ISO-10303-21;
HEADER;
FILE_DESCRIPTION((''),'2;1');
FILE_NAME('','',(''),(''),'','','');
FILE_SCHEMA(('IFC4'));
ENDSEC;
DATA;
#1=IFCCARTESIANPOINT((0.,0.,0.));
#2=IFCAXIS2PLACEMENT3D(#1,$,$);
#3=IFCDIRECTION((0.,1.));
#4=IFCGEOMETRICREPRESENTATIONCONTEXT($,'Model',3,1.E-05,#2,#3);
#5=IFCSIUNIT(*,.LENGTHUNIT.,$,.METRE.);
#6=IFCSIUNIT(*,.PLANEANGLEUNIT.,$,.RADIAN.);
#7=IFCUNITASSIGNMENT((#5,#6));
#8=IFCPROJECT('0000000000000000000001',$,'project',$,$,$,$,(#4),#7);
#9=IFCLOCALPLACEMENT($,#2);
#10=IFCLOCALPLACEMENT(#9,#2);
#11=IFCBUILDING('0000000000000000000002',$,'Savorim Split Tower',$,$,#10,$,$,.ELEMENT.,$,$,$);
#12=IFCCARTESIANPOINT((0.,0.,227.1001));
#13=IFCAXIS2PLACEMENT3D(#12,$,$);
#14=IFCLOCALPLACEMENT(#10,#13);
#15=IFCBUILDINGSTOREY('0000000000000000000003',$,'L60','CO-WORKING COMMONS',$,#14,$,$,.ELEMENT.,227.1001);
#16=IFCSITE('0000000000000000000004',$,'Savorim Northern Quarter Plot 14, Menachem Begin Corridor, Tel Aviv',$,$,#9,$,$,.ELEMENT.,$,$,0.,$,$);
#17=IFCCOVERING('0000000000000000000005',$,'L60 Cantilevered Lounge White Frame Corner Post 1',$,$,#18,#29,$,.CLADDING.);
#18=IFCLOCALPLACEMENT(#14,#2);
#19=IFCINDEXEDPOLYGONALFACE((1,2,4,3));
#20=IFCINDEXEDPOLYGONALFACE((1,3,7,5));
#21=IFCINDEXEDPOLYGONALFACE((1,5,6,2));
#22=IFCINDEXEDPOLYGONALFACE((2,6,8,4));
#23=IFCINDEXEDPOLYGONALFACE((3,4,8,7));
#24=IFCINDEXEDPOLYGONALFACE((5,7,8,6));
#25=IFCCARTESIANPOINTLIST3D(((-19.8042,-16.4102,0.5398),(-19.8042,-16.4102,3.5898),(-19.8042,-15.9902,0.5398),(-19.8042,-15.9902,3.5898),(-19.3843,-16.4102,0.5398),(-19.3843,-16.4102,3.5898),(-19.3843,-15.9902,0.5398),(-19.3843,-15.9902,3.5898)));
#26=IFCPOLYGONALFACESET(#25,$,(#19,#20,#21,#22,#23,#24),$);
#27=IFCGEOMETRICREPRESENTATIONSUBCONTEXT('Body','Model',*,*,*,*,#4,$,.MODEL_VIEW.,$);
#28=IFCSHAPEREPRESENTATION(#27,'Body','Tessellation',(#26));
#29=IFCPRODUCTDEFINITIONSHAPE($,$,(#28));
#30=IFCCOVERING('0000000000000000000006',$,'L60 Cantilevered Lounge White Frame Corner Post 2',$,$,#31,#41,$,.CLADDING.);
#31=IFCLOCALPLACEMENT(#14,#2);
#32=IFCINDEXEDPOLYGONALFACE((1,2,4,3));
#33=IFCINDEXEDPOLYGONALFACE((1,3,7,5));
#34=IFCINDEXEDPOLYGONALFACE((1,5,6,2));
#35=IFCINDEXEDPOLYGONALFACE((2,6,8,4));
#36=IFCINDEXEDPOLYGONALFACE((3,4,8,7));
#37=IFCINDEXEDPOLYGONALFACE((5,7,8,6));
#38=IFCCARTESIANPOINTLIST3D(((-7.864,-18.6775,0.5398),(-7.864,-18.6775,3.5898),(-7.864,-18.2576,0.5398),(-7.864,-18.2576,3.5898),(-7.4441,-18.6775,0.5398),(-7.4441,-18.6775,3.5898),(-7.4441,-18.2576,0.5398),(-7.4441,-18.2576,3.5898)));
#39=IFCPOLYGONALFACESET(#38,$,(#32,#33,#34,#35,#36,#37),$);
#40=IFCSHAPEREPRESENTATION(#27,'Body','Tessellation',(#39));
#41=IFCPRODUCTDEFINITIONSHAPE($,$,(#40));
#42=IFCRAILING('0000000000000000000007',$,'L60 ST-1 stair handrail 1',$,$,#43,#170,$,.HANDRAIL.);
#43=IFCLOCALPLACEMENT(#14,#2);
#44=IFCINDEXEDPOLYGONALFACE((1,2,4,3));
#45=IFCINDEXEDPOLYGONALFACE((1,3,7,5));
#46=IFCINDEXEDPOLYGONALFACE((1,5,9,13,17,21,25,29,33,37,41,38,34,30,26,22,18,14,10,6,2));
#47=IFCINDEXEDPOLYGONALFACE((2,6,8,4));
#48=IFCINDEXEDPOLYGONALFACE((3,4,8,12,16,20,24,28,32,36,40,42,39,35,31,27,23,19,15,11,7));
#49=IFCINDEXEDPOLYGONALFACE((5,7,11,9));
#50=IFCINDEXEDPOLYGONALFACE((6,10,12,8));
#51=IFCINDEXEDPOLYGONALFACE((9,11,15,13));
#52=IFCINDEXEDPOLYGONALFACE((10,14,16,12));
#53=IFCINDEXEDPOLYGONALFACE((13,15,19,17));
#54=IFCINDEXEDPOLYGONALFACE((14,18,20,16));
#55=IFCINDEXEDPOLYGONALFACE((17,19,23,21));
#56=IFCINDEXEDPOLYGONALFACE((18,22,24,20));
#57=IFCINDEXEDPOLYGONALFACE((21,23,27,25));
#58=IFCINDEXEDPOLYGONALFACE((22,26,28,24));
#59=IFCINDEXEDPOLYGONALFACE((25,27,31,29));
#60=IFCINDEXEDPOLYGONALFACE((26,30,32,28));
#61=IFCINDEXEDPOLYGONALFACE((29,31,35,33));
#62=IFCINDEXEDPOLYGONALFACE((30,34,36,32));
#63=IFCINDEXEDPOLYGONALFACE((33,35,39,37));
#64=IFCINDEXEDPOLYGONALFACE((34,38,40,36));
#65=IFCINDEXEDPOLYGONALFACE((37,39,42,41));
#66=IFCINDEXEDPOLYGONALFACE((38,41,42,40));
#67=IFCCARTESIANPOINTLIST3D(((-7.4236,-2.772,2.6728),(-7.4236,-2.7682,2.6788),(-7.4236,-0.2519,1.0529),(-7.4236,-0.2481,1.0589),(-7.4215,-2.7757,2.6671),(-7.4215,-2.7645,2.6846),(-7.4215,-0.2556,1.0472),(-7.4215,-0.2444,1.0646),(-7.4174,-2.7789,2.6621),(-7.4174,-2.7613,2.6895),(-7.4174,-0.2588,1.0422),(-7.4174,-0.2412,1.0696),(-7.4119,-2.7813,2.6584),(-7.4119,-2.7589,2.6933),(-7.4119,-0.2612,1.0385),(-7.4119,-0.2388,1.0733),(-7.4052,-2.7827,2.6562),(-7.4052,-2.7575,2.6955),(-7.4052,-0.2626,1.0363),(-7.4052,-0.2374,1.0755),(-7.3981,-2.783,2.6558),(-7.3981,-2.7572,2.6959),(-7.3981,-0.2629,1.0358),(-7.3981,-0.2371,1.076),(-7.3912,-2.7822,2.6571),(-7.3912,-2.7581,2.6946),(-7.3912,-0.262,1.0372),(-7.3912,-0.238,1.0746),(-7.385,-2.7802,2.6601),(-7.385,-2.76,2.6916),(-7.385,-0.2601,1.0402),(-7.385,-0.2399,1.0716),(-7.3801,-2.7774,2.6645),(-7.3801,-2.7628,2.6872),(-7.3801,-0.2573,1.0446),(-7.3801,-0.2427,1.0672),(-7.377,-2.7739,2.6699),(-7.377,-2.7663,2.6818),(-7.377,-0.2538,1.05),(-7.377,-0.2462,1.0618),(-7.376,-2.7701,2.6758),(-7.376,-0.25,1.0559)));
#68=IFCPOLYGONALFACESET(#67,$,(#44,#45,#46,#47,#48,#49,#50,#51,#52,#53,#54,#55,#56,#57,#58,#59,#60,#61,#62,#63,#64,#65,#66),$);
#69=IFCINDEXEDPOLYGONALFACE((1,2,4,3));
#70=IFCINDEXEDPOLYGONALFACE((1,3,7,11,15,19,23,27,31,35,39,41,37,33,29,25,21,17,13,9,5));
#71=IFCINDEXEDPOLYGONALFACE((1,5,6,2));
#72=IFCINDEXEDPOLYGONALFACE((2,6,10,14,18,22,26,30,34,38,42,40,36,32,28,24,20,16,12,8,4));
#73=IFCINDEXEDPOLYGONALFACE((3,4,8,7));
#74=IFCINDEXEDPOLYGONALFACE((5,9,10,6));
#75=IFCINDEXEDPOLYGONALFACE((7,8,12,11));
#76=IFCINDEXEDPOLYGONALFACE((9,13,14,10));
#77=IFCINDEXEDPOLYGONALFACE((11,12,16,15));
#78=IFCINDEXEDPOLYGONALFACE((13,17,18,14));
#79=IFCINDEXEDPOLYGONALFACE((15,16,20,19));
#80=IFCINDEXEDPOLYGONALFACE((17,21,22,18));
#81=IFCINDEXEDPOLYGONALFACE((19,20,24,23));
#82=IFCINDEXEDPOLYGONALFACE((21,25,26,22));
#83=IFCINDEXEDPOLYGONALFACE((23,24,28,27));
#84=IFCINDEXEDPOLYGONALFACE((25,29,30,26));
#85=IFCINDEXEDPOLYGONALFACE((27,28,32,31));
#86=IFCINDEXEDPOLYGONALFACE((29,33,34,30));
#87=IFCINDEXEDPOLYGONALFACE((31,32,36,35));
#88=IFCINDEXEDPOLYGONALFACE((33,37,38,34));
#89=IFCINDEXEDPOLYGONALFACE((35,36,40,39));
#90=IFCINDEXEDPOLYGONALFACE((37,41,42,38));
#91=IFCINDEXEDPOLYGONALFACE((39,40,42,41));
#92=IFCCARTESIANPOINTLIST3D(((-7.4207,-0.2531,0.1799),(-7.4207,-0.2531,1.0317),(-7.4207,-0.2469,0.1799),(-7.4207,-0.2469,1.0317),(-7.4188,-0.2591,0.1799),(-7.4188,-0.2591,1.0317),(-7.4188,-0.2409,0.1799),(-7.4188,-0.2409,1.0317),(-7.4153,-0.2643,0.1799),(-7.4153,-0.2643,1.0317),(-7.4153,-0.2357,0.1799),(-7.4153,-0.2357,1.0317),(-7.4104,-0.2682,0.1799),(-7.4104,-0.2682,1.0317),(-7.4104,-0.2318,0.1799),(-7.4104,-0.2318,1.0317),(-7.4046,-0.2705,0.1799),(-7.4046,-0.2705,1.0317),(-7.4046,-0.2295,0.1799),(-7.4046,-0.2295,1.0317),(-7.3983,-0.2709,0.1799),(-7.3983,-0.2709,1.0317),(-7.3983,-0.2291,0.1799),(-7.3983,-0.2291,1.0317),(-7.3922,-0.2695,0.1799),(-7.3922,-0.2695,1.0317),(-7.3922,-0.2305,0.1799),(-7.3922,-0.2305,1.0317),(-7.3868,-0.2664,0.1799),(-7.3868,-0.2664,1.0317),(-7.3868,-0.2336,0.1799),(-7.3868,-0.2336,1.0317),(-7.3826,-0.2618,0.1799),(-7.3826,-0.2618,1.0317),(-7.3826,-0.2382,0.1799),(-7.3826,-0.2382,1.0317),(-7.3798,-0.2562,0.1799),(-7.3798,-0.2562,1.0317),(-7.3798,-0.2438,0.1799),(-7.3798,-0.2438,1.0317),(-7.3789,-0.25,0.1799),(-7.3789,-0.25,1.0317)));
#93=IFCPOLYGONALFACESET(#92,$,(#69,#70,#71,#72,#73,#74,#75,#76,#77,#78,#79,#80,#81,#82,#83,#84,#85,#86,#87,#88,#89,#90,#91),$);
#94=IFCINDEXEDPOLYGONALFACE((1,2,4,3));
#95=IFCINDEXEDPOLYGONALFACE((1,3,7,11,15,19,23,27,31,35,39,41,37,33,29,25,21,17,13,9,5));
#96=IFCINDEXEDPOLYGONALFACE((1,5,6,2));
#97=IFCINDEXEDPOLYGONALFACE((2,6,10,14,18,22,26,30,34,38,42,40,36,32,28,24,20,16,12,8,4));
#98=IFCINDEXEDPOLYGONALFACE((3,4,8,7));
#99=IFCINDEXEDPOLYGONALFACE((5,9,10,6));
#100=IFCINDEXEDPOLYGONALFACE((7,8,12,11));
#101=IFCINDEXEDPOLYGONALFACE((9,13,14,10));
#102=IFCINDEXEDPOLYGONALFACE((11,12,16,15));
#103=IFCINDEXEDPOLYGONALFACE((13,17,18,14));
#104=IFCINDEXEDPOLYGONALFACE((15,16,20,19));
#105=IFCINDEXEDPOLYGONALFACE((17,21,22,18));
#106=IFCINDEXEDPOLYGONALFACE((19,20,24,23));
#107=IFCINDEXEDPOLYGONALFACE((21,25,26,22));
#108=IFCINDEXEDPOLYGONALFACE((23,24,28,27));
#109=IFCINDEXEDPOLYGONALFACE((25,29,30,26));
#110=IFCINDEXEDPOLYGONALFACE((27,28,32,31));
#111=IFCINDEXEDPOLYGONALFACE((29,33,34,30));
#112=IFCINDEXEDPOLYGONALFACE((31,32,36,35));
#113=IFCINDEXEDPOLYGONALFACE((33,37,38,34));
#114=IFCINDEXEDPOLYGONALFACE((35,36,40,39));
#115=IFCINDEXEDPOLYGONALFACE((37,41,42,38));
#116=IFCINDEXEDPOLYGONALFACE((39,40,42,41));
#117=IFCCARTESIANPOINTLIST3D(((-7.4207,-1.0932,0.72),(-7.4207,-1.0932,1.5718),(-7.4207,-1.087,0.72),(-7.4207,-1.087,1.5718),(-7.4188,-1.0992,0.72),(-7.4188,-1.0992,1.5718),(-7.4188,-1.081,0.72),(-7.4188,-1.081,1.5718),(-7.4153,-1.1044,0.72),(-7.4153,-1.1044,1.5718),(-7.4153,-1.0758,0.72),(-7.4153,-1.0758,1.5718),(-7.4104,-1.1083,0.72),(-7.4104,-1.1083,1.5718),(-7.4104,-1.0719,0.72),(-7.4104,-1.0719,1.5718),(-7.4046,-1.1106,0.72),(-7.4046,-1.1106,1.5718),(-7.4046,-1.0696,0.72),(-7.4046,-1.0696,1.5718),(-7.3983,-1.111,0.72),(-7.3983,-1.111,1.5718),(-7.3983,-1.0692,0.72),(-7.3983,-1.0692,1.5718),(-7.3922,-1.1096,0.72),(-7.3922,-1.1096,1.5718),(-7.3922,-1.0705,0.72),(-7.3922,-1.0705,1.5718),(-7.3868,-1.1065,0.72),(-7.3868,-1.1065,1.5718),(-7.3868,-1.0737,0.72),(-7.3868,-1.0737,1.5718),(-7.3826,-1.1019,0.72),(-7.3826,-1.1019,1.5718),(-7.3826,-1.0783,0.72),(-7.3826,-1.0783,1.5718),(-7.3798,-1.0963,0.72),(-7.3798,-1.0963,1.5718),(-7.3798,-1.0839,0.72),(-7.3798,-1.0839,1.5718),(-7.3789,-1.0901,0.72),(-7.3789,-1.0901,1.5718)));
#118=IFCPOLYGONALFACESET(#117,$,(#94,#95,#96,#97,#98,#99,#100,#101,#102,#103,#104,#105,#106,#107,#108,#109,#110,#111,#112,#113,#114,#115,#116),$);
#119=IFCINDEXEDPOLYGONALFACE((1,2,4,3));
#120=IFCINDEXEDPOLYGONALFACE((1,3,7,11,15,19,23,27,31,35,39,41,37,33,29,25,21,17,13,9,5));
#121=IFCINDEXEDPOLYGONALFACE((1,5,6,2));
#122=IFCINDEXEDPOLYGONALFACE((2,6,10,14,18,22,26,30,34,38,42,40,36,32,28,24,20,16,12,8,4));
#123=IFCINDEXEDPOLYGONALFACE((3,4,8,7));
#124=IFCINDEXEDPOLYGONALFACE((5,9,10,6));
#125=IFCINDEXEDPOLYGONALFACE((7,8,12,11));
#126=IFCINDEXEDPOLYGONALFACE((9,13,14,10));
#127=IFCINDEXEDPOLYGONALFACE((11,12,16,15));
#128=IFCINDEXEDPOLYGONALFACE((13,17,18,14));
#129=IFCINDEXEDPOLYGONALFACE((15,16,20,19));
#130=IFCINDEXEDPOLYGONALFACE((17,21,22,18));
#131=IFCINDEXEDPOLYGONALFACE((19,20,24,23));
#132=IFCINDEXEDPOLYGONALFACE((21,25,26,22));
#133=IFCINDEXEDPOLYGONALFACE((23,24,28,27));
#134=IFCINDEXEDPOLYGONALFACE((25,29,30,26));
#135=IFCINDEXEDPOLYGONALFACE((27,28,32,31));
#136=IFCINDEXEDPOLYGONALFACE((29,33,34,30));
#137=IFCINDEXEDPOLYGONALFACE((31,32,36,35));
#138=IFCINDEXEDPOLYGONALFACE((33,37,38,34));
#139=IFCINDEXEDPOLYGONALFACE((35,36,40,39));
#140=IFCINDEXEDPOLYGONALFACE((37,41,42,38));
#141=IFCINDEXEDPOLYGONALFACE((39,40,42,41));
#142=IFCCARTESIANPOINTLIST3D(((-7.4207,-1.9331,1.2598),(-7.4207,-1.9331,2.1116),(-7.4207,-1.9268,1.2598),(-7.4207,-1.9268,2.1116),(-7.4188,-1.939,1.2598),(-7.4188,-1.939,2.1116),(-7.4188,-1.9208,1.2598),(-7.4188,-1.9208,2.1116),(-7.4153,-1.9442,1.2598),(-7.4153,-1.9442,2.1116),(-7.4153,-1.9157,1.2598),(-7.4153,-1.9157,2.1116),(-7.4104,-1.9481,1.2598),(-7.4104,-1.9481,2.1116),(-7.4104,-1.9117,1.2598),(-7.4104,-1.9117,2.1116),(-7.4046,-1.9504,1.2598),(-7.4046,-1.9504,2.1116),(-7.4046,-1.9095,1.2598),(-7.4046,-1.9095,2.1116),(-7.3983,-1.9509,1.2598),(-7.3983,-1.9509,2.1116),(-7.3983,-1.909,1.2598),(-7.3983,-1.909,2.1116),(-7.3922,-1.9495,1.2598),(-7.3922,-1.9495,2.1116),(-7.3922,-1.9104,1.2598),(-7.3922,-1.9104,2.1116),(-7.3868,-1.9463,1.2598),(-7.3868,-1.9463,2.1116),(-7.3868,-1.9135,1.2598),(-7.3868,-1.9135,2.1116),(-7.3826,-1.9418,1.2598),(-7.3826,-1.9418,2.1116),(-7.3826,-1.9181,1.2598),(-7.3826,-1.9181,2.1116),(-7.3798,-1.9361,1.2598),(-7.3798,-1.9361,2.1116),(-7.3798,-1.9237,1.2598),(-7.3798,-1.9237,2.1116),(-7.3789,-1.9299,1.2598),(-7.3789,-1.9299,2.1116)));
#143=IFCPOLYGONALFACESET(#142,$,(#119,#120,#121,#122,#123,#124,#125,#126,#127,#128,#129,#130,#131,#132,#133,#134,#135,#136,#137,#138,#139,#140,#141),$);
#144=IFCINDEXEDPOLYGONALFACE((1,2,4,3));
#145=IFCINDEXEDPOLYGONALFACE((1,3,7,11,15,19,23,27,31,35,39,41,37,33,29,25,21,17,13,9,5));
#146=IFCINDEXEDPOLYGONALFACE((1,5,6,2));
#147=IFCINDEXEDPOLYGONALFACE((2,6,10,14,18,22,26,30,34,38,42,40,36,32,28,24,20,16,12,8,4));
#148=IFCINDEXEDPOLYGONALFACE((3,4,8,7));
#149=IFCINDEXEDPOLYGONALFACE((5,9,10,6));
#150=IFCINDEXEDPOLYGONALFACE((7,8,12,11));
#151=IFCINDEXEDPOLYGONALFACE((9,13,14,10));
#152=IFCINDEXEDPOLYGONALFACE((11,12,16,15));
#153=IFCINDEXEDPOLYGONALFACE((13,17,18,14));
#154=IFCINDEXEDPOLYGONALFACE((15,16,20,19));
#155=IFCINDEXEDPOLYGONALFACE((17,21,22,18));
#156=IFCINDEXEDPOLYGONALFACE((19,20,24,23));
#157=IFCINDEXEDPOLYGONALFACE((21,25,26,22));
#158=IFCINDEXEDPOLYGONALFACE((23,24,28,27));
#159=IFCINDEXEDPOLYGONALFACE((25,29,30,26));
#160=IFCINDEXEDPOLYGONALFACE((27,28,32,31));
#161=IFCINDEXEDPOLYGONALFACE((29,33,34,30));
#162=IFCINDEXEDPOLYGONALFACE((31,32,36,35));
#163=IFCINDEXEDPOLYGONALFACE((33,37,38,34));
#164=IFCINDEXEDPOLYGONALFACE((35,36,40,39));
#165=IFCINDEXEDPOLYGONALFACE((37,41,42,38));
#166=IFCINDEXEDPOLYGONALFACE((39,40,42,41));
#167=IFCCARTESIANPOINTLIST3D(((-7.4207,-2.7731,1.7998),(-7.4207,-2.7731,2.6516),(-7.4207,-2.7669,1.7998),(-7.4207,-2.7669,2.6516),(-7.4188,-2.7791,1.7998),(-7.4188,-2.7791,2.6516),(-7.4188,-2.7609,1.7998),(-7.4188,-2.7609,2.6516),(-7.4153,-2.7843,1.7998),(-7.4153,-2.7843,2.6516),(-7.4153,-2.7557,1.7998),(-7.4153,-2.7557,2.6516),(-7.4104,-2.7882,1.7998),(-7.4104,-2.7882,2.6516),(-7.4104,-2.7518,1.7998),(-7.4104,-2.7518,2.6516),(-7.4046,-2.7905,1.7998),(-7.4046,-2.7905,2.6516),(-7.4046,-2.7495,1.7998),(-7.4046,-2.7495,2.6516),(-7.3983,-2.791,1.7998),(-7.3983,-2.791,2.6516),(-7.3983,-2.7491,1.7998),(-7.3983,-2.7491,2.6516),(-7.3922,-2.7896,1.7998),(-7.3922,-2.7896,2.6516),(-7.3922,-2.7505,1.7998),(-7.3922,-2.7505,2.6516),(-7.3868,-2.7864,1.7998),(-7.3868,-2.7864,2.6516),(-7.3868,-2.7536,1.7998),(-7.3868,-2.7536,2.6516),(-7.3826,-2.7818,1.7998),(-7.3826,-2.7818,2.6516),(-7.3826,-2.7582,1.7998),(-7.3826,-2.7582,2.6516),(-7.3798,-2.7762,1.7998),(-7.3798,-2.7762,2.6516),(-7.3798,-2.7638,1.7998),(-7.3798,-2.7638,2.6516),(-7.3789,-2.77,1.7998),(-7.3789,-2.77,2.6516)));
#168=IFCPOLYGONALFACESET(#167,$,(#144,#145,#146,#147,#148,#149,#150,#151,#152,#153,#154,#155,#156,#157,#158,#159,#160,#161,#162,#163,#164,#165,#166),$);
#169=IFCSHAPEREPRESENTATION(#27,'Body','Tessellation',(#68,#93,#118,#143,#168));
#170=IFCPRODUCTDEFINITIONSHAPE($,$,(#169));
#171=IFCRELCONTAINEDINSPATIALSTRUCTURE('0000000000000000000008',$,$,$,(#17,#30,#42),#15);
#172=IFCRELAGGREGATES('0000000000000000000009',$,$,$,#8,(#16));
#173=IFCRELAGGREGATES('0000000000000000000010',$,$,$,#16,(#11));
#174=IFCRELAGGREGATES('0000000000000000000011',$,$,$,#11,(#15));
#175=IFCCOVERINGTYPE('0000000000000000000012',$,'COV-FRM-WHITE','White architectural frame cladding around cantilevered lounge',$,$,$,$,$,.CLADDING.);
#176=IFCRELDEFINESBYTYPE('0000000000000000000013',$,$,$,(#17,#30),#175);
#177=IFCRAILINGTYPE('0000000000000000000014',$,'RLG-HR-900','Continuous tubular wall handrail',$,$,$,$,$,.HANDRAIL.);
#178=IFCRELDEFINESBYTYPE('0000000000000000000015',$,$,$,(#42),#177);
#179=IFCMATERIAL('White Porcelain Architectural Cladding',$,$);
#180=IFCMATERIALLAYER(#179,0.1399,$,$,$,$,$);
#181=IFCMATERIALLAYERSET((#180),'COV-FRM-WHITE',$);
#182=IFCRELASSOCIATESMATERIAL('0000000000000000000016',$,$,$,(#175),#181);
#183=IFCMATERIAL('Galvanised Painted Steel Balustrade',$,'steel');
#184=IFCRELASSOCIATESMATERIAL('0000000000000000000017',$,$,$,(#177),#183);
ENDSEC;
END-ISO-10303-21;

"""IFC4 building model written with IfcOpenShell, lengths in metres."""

from ifc_helpers import new_model, si_unit, direction, frame, origin, origin_2d, place, context, subcontext, project, spatial, polyline, circle, outline, extrude, material, layer, layer_set, type_object, element, save


model = new_model("IFC4")

# Units and contexts
model_context = context("Model", 3, precision=1e-05, world=origin(), true_north=direction((0.0, 1.0)))
body_context = subcontext(model_context, "Body", "Model", "MODEL_VIEW")
ifc_project = project(units=[si_unit("LENGTHUNIT", "METRE"), si_unit("PLANEANGLEUNIT", "RADIAN")], contexts=[model_context])

# Site, building, storey
site_placement = place(None, origin())
site = spatial("IfcSite", under=ifc_project, at=site_placement, Name="Savorim Northern Quarter Plot 14, Menachem Begin Corridor, Tel Aviv", CompositionType="ELEMENT", RefElevation=0.0)
building_placement = place(site_placement, origin())
building = spatial("IfcBuilding", under=site, at=building_placement, Name="Savorim Split Tower", CompositionType="ELEMENT")
storey_placement = place(building_placement, frame((0.0, 0.0, 227.1001)))
storey = spatial("IfcBuildingStorey", under=building, at=storey_placement, Name="L60", Description="CO-WORKING COMMONS", CompositionType="ELEMENT", Elevation=227.1001)

# Coverings
ifc_material_1 = material(Name="White Porcelain Architectural Cladding")
ifc_layer_1 = layer(ifc_material_1, 0.1399)
ifc_layer_set_1 = layer_set([ifc_layer_1], Name="COV-FRM-WHITE")
covering_type_1 = type_object("IfcCoveringType", Name="COV-FRM-WHITE", Description="White architectural frame cladding around cantilevered lounge", PredefinedType="CLADDING", material=ifc_layer_set_1)
covering_1_placement = place(storey_placement, frame((0.0, 0.0, 0.5398)))
element("IfcCovering", 1, at=covering_1_placement, inside=storey, type_object=covering_type_1, Name="L60 Cantilevered Lounge White Frame Corner Post 1", PredefinedType="CLADDING", context=body_context, shape_type="SweptSolid", body=[
    extrude(outline(polyline([(-19.8042, -16.4102), (-19.3843, -16.4102), (-19.3843, -15.9902), (-19.8042, -15.9902), (-19.8042, -16.4102)])), origin(), (0.0, 0.0, 1.0), 3.05),
])
covering_2_placement = place(storey_placement, frame((0.0, 0.0, 0.5398)))
element("IfcCovering", 2, at=covering_2_placement, inside=storey, type_object=covering_type_1, Name="L60 Cantilevered Lounge White Frame Corner Post 2", PredefinedType="CLADDING", context=body_context, shape_type="SweptSolid", body=[
    extrude(outline(polyline([(-7.864, -18.6775), (-7.4441, -18.6775), (-7.4441, -18.2576), (-7.864, -18.2576), (-7.864, -18.6775)])), origin(), (0.0, 0.0, 1.0), 3.05),
])

# Railing
ifc_material_2 = material(Name="Galvanised Painted Steel Balustrade", Category="steel")
railing_type_1 = type_object("IfcRailingType", Name="RLG-HR-900", Description="Continuous tubular wall handrail", PredefinedType="HANDRAIL", material=ifc_material_2)
railing_1_placement = place(storey_placement, frame((-7.3999, -0.25, 0.1799)))
element("IfcRailing", 3, at=railing_1_placement, inside=storey, type_object=railing_type_1, Name="L60 ST-1 stair handrail 1", PredefinedType="HANDRAIL", context=body_context, shape_type="SweptSolid", body=[
    extrude(circle(Radius=0.0239, at=origin_2d()), frame((0.0, 0.0, 0.876), z_axis=(0.0, -0.8412, 0.540725), x_axis=(1.0, 0.0, 0.0)), (0.0, 0.0, 1.0), 2.9958),
    extrude(circle(Radius=0.021, at=origin_2d()), origin(), (0.0, 0.0, 1.0), 0.8518),
    extrude(circle(Radius=0.021, at=origin_2d()), frame((0.0, -0.8401, 0.54)), (0.0, 0.0, 1.0), 0.8518),
    extrude(circle(Radius=0.021, at=origin_2d()), frame((0.0, -1.6799, 1.0798)), (0.0, 0.0, 1.0), 0.8518),
    extrude(circle(Radius=0.021, at=origin_2d()), frame((0.0, -2.52, 1.6199)), (0.0, 0.0, 1.0), 0.8518),
])

save(model, "model.ifc")
